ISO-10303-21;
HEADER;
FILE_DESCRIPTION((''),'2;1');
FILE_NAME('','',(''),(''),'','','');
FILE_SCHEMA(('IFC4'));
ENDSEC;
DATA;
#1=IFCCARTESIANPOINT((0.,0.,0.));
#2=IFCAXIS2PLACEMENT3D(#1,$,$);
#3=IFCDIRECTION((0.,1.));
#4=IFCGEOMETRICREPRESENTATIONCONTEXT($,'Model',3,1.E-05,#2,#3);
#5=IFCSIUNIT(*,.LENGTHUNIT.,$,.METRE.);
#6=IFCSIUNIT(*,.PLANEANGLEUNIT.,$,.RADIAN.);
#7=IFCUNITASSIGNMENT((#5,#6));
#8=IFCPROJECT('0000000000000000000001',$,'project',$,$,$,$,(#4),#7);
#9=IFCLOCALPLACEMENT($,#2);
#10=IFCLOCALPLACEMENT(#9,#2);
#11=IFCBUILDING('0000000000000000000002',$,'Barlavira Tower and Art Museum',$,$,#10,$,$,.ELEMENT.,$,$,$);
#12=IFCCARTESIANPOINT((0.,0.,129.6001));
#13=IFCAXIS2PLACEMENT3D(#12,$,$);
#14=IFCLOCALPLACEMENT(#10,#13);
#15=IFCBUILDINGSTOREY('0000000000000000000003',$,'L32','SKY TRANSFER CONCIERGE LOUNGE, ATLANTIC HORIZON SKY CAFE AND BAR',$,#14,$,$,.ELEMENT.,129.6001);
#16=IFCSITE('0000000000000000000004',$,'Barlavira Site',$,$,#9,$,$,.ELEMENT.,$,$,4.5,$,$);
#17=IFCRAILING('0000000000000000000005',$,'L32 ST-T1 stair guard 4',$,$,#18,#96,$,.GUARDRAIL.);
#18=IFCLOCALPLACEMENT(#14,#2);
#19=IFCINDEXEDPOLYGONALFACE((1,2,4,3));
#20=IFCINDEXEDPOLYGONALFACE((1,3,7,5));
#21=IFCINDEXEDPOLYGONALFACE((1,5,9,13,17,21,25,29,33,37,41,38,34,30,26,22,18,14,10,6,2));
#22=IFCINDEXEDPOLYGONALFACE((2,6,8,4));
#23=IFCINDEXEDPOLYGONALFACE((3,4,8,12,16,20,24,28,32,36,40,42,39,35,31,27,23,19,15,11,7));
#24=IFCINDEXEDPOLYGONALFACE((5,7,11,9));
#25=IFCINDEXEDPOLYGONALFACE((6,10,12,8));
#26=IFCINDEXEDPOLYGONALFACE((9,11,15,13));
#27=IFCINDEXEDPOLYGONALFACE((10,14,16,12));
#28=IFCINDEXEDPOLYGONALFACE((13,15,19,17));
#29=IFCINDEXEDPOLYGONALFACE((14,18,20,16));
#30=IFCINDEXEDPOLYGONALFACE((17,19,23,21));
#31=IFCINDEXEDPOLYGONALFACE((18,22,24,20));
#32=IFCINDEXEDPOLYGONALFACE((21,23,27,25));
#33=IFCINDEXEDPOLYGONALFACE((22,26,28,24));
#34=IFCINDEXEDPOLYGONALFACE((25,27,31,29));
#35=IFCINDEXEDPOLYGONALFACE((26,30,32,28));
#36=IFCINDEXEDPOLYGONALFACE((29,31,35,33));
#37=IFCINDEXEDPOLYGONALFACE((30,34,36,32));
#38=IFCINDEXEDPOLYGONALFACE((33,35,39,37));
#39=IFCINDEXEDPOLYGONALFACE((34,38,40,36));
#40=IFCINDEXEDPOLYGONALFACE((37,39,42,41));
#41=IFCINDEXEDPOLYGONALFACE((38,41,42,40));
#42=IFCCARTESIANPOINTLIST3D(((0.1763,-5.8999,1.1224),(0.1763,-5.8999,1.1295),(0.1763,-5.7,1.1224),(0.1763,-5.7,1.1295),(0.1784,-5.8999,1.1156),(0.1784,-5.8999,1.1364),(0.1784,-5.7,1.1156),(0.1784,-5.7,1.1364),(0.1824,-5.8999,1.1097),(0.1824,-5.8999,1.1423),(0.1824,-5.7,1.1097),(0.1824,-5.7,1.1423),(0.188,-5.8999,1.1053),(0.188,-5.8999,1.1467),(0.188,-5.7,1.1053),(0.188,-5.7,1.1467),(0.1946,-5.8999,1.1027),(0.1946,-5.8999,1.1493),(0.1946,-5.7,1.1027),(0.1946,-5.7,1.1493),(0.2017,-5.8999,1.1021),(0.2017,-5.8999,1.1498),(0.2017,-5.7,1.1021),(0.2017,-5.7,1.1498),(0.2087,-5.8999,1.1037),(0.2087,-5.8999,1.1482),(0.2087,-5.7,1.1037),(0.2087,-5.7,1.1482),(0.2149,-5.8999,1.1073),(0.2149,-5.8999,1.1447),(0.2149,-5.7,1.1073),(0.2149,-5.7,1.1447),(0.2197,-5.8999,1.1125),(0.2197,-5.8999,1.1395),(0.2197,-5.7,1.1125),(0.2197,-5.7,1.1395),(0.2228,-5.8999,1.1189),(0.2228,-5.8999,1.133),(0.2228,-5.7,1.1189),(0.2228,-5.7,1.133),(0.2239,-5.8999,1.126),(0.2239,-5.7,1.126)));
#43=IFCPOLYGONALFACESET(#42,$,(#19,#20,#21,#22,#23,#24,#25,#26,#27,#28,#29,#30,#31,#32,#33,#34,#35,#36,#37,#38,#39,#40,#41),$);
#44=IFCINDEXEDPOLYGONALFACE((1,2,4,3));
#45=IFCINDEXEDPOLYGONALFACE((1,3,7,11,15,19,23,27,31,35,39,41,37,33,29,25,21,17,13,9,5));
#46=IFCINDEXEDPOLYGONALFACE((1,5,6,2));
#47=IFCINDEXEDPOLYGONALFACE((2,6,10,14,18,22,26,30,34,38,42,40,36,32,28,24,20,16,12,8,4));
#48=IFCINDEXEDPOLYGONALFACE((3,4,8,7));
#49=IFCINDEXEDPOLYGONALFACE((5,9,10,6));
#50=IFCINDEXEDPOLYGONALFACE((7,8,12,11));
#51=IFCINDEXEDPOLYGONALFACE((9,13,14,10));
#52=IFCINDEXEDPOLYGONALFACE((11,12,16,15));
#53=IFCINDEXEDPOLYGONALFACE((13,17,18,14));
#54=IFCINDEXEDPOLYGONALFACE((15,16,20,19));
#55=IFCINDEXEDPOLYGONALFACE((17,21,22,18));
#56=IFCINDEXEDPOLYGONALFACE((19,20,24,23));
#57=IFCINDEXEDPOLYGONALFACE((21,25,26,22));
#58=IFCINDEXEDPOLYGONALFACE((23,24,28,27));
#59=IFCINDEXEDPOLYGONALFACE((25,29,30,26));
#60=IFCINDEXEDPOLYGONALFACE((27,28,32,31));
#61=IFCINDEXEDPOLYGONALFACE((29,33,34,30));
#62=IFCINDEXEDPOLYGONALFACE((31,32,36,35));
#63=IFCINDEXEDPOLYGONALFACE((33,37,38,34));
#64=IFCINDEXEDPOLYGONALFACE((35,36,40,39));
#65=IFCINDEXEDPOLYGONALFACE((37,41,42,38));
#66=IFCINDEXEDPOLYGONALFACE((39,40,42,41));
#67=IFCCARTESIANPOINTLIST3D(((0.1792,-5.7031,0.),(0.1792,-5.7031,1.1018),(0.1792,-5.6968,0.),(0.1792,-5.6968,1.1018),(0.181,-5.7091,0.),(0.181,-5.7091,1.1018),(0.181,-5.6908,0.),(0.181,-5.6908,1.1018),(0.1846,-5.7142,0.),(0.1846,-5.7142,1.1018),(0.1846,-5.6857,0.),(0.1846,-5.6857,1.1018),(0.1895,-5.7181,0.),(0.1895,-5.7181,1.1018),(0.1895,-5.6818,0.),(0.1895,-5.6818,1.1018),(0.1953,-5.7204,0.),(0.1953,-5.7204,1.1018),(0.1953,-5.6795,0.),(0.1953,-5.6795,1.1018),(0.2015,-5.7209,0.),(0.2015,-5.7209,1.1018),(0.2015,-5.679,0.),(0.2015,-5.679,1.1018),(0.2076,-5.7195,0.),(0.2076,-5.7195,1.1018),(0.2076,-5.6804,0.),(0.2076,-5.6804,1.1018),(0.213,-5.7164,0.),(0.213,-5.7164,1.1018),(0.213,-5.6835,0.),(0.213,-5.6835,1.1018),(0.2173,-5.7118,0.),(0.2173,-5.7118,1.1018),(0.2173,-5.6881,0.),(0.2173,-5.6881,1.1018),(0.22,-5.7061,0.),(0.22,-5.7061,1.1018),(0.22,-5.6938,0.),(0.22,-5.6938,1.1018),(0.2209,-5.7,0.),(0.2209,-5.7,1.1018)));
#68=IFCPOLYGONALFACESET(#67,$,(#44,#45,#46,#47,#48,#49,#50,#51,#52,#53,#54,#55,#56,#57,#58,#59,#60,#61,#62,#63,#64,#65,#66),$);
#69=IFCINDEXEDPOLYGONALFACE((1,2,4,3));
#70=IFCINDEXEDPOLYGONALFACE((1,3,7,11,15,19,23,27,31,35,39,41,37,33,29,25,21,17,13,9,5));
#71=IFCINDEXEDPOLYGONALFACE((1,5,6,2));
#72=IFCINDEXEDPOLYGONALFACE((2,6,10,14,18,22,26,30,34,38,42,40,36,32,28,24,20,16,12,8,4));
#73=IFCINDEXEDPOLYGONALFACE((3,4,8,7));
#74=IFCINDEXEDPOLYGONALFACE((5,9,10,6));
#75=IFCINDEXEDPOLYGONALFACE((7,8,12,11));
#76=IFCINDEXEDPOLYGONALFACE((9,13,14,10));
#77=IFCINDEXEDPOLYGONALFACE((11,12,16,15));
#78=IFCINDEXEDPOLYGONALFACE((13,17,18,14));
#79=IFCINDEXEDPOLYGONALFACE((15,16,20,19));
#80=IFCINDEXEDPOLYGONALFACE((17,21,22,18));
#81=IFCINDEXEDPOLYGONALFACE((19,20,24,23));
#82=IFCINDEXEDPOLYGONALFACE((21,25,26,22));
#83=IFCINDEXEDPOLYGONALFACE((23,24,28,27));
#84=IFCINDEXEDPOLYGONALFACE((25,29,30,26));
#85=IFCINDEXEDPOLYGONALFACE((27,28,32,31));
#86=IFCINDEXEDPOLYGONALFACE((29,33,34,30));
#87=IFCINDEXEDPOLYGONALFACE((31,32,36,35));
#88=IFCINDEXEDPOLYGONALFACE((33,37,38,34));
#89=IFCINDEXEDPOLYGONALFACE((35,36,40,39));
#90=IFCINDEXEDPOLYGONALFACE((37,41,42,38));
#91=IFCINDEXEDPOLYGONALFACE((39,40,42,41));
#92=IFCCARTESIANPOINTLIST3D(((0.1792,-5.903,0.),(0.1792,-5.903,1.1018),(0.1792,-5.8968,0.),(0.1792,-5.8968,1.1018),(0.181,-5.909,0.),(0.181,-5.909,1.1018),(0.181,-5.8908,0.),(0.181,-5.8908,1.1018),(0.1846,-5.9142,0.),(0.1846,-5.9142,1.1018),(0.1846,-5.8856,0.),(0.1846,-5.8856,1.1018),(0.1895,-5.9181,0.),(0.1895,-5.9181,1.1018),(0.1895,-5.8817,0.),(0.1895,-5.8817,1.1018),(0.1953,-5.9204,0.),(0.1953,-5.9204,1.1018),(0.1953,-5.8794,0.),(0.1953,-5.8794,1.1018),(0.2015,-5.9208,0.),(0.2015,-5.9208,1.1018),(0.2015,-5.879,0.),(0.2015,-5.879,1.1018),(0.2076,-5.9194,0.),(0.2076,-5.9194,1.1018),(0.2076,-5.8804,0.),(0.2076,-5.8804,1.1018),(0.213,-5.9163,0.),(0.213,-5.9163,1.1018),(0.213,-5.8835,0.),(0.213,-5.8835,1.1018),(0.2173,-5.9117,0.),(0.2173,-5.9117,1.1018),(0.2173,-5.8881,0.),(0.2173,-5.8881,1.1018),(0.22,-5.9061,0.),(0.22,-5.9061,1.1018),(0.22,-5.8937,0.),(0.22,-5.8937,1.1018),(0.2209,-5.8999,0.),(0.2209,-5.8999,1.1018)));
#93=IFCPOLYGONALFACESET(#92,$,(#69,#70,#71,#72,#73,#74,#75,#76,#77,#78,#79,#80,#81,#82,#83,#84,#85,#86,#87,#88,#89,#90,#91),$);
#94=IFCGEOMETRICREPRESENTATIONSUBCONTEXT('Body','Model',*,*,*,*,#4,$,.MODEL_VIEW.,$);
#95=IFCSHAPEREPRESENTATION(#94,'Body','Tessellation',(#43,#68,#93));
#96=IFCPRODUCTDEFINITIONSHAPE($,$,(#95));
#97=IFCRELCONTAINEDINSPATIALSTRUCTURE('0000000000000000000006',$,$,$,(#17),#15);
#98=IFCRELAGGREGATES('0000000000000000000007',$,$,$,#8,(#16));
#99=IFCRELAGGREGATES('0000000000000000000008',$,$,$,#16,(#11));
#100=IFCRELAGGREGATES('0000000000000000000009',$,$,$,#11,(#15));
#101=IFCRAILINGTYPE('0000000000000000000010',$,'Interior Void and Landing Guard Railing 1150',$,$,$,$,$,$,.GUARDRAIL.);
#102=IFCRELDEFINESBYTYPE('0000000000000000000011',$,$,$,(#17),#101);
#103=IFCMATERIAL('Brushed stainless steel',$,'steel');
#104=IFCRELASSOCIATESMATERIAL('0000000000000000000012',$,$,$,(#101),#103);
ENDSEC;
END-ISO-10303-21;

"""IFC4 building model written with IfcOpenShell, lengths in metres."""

from ifc_helpers import new_model, si_unit, direction, frame, origin, origin_2d, place, context, subcontext, project, spatial, circle, extrude, material, type_object, element, save


model = new_model("IFC4")

# Units and contexts
model_context = context("Model", 3, precision=1e-05, world=origin(), true_north=direction((0.0, 1.0)))
body_context = subcontext(model_context, "Body", "Model", "MODEL_VIEW")
ifc_project = project(units=[si_unit("LENGTHUNIT", "METRE"), si_unit("PLANEANGLEUNIT", "RADIAN")], contexts=[model_context])

# Site, building, storey
site_placement = place(None, origin())
site = spatial("IfcSite", under=ifc_project, at=site_placement, Name="Barlavira Site", CompositionType="ELEMENT", RefElevation=4.5)
building_placement = place(site_placement, origin())
building = spatial("IfcBuilding", under=site, at=building_placement, Name="Barlavira Tower and Art Museum", CompositionType="ELEMENT")
storey_placement = place(building_placement, frame((0.0, 0.0, 129.6001)))
storey = spatial("IfcBuildingStorey", under=building, at=storey_placement, Name="L32", Description="SKY TRANSFER CONCIERGE LOUNGE, ATLANTIC HORIZON SKY CAFE AND BAR", CompositionType="ELEMENT", Elevation=129.6001)

# Shared definitions
ifc_material_1 = material(Name="Brushed stainless steel", Category="steel")

# Railing
railing_type_1 = type_object("IfcRailingType", Name="Interior Void and Landing Guard Railing 1150", PredefinedType="GUARDRAIL", material=ifc_material_1)
railing_1_placement = place(storey_placement, frame((0.2, -5.7, 0.0)))
element("IfcRailing", 1, at=railing_1_placement, inside=storey, type_object=railing_type_1, Name="L32 ST-T1 stair guard 4", PredefinedType="GUARDRAIL", context=body_context, shape_type="SweptSolid", body=[
    extrude(circle(Radius=0.0239, at=origin_2d()), frame((0.0, 0.0, 1.126), z_axis=(0.0, -1.0, 0.0), x_axis=(1.0, 0.0, 0.0)), (0.0, 0.0, 1.0), 0.2),
    extrude(circle(Radius=0.021, at=origin_2d()), origin(), (0.0, 0.0, 1.0), 1.1018),
    extrude(circle(Radius=0.021, at=origin_2d()), frame((0.0, -0.2, 0.0)), (0.0, 0.0, 1.0), 1.1018),
])

save(model, "model.ifc")
